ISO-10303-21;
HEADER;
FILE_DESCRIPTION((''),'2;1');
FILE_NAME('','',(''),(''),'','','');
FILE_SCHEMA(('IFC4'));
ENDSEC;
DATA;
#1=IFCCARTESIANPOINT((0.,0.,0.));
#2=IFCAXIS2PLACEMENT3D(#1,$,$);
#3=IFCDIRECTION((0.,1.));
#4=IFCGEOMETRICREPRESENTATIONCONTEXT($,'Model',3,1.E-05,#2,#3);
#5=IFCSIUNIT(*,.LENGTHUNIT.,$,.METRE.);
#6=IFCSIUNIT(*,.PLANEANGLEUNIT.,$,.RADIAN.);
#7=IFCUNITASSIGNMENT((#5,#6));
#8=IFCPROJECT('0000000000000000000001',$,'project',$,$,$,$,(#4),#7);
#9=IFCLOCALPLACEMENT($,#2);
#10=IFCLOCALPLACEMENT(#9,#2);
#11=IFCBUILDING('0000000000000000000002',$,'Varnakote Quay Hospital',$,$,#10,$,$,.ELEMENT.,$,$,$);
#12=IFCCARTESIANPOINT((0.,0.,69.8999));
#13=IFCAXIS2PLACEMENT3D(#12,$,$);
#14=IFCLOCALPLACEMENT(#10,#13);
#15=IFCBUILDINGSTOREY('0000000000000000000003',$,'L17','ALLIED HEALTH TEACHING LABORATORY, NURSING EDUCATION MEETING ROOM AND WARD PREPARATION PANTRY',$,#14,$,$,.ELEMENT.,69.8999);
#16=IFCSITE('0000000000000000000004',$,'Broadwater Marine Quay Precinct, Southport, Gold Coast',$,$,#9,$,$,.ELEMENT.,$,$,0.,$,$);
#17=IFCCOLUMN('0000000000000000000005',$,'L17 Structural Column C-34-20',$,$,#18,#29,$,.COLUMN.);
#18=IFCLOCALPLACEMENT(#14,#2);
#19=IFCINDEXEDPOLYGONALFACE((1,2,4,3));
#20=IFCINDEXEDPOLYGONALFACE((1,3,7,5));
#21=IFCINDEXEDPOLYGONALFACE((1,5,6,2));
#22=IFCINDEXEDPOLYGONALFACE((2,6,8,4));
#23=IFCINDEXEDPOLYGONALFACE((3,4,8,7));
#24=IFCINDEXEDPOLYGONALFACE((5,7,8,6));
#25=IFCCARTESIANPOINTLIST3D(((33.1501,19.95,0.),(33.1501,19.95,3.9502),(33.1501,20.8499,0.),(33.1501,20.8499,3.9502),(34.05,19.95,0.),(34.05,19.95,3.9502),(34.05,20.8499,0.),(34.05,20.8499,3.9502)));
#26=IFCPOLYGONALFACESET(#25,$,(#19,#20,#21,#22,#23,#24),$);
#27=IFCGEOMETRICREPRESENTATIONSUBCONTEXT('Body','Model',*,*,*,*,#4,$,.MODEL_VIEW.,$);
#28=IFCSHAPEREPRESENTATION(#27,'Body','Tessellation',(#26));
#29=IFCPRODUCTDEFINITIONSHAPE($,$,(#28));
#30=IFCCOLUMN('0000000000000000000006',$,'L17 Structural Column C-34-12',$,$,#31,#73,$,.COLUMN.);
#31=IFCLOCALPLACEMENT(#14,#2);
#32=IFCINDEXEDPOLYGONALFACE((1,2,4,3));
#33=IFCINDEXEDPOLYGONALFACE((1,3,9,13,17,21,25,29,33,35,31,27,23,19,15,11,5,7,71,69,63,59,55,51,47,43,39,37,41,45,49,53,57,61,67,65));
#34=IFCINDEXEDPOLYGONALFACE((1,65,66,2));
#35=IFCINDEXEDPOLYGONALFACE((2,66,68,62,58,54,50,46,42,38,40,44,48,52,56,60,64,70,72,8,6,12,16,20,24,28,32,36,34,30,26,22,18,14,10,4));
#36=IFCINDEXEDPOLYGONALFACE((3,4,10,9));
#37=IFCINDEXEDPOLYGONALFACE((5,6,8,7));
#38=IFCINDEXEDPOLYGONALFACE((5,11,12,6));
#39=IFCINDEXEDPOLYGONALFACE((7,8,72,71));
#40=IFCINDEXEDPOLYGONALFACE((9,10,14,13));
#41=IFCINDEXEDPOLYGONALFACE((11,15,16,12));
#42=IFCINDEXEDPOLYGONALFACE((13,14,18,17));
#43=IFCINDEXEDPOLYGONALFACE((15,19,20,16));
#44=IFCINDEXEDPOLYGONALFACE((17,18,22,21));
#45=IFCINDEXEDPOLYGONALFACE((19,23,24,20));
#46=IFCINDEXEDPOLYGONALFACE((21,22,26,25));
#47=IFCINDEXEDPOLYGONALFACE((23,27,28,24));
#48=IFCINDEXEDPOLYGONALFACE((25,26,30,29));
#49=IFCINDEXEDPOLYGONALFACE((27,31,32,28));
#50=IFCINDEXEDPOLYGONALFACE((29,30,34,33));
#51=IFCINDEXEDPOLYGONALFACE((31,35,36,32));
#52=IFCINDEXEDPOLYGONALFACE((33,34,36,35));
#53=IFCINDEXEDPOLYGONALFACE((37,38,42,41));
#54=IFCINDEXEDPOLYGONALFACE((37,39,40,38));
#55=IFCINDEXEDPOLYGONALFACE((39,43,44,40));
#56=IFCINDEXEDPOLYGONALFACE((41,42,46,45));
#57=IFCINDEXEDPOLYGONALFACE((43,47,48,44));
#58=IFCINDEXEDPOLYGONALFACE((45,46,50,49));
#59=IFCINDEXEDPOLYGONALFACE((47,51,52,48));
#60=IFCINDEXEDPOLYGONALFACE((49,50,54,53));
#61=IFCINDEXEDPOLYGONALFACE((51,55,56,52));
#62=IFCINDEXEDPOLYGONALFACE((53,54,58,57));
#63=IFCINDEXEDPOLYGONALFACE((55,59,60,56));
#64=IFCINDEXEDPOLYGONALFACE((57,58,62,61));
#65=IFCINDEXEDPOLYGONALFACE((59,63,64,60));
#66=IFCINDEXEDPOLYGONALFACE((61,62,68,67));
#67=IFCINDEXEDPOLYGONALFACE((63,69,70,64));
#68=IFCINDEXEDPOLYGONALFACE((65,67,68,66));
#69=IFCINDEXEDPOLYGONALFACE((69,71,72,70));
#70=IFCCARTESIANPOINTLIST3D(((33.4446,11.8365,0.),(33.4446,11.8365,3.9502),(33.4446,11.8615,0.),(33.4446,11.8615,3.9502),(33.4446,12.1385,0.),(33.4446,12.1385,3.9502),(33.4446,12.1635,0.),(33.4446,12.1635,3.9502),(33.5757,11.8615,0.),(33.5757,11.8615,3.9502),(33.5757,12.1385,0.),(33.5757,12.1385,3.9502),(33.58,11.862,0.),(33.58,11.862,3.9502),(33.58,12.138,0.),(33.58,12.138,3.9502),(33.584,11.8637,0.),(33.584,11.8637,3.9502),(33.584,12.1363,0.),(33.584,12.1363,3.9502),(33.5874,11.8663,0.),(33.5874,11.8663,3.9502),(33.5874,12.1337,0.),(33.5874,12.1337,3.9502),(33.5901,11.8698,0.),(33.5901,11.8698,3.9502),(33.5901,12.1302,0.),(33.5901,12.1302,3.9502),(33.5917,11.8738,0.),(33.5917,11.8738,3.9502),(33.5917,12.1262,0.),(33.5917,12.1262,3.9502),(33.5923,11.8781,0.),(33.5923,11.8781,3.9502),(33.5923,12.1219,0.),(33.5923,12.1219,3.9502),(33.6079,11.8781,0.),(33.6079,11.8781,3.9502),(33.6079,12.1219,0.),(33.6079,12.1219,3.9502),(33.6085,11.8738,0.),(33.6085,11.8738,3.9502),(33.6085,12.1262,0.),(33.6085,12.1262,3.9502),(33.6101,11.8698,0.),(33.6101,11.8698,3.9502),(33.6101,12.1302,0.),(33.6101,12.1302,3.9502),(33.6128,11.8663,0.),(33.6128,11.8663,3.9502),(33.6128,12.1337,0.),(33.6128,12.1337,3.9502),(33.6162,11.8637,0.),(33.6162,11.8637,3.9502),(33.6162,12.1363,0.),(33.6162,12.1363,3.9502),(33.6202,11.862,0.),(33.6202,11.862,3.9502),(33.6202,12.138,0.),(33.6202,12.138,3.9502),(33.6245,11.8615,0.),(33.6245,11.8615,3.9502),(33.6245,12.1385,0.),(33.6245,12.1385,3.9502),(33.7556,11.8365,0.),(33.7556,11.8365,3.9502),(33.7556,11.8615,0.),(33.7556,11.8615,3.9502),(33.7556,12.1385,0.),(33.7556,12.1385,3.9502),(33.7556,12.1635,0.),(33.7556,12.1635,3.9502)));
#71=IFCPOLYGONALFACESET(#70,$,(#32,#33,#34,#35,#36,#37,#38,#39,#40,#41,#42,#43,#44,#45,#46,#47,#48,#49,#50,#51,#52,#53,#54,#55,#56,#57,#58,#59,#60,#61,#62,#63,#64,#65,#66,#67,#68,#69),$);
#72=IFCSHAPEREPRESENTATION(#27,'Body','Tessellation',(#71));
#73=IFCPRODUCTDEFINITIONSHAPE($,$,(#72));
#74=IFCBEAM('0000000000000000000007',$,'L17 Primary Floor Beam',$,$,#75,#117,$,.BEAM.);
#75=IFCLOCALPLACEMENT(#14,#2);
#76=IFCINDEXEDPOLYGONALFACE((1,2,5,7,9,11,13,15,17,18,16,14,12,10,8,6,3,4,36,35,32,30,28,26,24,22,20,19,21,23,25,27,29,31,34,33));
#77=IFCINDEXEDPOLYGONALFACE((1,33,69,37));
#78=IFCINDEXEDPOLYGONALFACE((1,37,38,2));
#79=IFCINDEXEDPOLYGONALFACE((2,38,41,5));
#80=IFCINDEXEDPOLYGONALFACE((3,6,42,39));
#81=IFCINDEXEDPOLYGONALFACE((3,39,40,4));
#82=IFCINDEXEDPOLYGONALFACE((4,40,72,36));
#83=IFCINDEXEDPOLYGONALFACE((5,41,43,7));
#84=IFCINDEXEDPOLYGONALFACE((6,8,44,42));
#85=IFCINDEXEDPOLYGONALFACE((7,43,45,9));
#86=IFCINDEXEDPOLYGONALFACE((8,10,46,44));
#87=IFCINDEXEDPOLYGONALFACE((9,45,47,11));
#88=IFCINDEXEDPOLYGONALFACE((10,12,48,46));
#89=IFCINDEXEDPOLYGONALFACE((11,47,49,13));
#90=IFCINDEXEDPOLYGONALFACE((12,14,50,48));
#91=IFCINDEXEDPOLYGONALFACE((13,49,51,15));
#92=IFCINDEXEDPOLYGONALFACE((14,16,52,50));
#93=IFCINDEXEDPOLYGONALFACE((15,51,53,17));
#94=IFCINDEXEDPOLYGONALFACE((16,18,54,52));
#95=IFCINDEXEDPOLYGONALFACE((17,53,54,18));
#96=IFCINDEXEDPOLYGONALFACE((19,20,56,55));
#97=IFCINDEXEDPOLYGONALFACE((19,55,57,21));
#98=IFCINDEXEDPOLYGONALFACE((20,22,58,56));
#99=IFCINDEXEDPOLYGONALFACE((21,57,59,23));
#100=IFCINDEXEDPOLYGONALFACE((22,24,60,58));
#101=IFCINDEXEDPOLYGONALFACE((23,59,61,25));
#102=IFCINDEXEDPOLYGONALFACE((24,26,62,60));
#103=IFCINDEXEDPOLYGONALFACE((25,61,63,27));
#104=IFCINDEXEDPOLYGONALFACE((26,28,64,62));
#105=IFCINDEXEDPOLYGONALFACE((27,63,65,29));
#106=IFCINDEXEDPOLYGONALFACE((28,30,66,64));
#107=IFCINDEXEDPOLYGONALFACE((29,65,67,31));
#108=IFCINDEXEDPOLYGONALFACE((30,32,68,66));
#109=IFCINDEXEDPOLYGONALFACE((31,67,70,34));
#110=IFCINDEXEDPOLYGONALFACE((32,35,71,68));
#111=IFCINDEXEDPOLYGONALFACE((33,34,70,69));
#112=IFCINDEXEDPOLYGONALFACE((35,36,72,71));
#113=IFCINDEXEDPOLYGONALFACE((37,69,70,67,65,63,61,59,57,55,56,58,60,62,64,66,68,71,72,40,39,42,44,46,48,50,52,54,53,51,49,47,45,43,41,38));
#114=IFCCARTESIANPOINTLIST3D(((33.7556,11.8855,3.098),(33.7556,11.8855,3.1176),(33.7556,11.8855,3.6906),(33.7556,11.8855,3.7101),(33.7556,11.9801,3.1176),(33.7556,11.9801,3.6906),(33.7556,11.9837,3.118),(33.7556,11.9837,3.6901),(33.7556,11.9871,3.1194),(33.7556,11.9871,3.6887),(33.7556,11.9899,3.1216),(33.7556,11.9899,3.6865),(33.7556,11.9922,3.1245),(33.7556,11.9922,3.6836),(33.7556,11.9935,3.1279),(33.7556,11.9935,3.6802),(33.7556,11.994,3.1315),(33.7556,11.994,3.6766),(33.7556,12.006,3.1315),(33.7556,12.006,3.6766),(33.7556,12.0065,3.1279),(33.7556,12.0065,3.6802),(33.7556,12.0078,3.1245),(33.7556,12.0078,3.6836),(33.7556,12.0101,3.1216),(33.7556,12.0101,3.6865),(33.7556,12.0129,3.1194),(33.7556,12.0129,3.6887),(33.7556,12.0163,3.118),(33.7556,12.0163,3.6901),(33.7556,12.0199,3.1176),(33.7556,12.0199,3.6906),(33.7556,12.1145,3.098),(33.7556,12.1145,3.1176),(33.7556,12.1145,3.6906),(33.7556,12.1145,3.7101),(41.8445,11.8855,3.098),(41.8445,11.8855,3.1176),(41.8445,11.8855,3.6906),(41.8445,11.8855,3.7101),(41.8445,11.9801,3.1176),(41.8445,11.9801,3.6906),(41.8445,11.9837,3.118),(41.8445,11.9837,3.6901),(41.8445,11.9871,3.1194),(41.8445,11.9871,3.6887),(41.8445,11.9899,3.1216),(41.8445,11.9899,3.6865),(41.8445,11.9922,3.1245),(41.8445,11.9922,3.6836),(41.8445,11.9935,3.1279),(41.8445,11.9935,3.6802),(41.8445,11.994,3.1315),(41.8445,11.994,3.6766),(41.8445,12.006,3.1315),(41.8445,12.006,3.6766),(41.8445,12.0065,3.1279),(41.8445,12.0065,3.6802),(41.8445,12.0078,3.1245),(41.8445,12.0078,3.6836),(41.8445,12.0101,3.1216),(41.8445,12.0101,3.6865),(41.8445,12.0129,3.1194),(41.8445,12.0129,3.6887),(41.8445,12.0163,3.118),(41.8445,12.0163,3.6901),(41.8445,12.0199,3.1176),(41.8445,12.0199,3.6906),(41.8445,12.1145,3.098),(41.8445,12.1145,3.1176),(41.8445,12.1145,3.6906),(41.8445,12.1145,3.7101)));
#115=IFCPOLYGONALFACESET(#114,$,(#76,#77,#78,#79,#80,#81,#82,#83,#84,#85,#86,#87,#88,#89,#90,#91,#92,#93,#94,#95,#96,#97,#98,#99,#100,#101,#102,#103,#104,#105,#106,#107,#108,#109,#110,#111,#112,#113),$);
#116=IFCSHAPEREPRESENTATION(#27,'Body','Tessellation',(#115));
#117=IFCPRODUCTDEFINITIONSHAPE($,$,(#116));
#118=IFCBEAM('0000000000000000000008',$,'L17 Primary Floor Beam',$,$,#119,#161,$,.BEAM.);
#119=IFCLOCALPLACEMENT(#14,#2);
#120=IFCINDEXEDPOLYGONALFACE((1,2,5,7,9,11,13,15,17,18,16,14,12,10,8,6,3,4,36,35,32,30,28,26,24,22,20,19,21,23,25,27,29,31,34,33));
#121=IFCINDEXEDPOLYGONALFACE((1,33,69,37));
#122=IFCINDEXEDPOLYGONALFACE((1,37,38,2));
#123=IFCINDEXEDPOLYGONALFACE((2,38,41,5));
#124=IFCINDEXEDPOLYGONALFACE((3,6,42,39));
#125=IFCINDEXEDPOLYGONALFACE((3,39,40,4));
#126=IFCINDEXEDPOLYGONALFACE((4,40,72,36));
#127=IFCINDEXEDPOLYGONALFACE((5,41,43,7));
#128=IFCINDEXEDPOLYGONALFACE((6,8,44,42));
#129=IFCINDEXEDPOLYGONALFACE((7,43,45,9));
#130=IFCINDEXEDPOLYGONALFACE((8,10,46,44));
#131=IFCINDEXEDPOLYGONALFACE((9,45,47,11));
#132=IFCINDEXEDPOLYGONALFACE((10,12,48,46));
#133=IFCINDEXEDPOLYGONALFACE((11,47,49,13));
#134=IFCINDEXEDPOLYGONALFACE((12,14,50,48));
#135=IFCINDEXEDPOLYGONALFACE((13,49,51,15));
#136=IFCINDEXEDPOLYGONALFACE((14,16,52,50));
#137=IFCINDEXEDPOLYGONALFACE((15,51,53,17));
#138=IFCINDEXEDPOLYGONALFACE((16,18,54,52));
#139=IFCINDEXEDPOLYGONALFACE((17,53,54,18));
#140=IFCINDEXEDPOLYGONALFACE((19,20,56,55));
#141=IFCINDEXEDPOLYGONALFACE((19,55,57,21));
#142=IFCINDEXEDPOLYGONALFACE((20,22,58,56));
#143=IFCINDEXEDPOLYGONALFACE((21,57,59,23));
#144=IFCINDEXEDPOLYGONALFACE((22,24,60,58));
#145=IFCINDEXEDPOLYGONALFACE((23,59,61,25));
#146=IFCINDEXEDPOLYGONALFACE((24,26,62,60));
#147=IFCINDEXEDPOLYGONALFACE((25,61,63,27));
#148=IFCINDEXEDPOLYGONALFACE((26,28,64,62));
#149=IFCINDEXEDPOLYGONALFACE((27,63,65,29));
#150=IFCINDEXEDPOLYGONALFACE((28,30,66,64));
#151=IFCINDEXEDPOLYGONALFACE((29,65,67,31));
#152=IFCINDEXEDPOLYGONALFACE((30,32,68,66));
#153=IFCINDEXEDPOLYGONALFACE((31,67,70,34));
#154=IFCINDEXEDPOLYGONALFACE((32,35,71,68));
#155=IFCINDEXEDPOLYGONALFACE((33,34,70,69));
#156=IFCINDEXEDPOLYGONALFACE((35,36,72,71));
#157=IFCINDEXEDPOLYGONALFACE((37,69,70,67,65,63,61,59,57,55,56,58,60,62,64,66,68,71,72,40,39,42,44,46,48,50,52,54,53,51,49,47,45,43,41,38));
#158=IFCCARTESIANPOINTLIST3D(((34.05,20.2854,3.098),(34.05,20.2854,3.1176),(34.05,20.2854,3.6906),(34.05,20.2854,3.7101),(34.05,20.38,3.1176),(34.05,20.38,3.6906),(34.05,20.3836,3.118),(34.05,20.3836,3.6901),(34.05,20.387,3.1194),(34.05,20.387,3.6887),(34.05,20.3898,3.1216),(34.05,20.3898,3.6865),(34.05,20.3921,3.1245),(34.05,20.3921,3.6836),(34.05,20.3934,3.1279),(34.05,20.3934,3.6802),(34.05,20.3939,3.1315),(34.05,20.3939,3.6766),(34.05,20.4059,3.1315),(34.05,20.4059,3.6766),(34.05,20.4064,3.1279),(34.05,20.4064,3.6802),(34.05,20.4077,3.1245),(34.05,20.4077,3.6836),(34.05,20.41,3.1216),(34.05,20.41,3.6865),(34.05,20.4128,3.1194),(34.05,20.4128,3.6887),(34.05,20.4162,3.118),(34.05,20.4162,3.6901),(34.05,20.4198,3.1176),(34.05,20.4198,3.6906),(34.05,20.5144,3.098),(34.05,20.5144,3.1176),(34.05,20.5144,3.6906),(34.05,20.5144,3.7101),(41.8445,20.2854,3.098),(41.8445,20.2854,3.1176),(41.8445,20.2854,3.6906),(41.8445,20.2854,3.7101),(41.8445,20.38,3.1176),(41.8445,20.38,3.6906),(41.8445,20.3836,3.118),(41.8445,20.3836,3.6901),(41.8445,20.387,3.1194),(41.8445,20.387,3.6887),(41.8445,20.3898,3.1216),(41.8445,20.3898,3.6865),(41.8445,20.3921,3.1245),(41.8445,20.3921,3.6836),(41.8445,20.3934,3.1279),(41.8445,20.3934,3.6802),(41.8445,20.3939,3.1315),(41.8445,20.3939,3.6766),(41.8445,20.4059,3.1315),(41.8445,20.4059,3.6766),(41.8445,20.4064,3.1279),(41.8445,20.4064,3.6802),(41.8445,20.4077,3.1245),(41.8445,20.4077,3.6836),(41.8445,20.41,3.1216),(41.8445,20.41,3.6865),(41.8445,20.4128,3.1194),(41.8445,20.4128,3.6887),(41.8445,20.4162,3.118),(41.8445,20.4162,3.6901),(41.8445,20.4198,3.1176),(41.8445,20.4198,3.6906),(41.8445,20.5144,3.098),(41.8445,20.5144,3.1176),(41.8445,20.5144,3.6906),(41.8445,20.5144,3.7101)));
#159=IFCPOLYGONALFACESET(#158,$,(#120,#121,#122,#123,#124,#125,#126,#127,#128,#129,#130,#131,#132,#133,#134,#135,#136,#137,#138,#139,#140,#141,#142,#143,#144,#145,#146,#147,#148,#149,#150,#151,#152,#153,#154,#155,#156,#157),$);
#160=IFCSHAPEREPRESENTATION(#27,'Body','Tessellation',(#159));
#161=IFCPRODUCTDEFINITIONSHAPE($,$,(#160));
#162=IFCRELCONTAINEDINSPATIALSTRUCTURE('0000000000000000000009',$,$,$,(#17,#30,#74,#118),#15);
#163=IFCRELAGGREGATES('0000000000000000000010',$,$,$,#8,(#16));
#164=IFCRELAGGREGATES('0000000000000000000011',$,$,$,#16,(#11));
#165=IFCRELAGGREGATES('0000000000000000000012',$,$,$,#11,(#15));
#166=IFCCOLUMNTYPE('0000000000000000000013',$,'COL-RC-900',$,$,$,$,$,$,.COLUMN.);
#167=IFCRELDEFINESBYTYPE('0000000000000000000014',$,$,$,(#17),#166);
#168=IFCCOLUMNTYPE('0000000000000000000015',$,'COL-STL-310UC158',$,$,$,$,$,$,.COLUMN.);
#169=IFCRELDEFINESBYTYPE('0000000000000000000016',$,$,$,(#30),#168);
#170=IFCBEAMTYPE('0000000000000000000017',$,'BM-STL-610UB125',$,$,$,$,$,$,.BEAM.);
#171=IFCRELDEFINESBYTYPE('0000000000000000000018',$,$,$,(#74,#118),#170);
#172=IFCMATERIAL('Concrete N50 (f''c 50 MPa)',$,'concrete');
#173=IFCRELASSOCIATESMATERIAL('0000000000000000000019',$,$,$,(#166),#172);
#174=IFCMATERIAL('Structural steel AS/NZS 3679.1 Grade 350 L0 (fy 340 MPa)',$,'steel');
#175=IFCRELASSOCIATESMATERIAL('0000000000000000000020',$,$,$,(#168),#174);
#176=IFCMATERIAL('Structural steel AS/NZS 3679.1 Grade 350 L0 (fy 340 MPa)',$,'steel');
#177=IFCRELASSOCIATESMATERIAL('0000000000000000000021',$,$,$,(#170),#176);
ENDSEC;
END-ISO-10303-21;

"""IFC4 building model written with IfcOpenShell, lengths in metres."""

from ifc_helpers import new_model, si_unit, direction, frame, origin, origin_2d, place, context, subcontext, project, spatial, rectangle, i_section, extrude, material, material_profile, profile_set, type_object, element, save


model = new_model("IFC4")

# Units and contexts
model_context = context("Model", 3, precision=1e-05, world=origin(), true_north=direction((0.0, 1.0)))
body_context = subcontext(model_context, "Body", "Model", "MODEL_VIEW")
ifc_project = project(units=[si_unit("LENGTHUNIT", "METRE"), si_unit("PLANEANGLEUNIT", "RADIAN")], contexts=[model_context])

# Site, building, storey
site_placement = place(None, origin())
site = spatial("IfcSite", under=ifc_project, at=site_placement, Name="Broadwater Marine Quay Precinct, Southport, Gold Coast", CompositionType="ELEMENT", RefElevation=0.0)
building_placement = place(site_placement, origin())
building = spatial("IfcBuilding", under=site, at=building_placement, Name="Varnakote Quay Hospital", CompositionType="ELEMENT")
storey_placement = place(building_placement, frame((0.0, 0.0, 69.8999)))
storey = spatial("IfcBuildingStorey", under=building, at=storey_placement, Name="L17", Description="ALLIED HEALTH TEACHING LABORATORY, NURSING EDUCATION MEETING ROOM AND WARD PREPARATION PANTRY", CompositionType="ELEMENT", Elevation=69.8999)

# Columns
ifc_material_1 = material(Name="Concrete N50 (f'c 50 MPa)", Category="concrete")
ifc_material_profile_1 = material_profile(ifc_material_1, rectangle(XDim=0.8999, YDim=0.8999, at=origin_2d()), Name="RC-COL-900x900")
ifc_profile_set_1 = profile_set([ifc_material_profile_1], Name="Concrete N50 (f'c 50 MPa)")
column_type_1 = type_object("IfcColumnType", Name="COL-RC-900", PredefinedType="COLUMN", material=ifc_profile_set_1)
column_1_placement = place(storey_placement, frame((33.6001, 20.3999, 0.0), z_axis=(0.0, 0.0, 1.0), x_axis=(1.0, 0.0, 0.0)))
element("IfcColumn", 1, at=column_1_placement, inside=storey, type_object=column_type_1, Name="L17 Structural Column C-34-20", PredefinedType="COLUMN", context=body_context, shape_type="SweptSolid", body=[
    extrude(rectangle(XDim=0.8999, YDim=0.8999, at=origin_2d()), origin(), (0.0, 0.0, 1.0), 3.9502),
])
ifc_material_2 = material(Name="Structural steel AS/NZS 3679.1 Grade 350 L0 (fy 340 MPa)", Category="steel")
ifc_material_profile_2 = material_profile(ifc_material_2, i_section(OverallWidth=0.311, OverallDepth=0.3269, WebThickness=0.0156, FlangeThickness=0.0249, FilletRadius=0.0166, at=origin_2d()), Name="310UC158")
ifc_profile_set_2 = profile_set([ifc_material_profile_2], Name="Structural steel AS/NZS 3679.1 Grade 350 L0 (fy 340 MPa)")
column_type_2 = type_object("IfcColumnType", Name="COL-STL-310UC158", PredefinedType="COLUMN", material=ifc_profile_set_2)
column_2_placement = place(storey_placement, frame((33.6001, 12.0, 0.0), z_axis=(0.0, 0.0, 1.0), x_axis=(1.0, 0.0, 0.0)))
element("IfcColumn", 2, at=column_2_placement, inside=storey, type_object=column_type_2, Name="L17 Structural Column C-34-12", PredefinedType="COLUMN", context=body_context, shape_type="SweptSolid", body=[
    extrude(i_section(OverallWidth=0.311, OverallDepth=0.3269, WebThickness=0.0156, FlangeThickness=0.0249, FilletRadius=0.0166, at=origin_2d()), origin(), (0.0, 0.0, 1.0), 3.9502),
])

# Beams
ifc_material_3 = material(Name="Structural steel AS/NZS 3679.1 Grade 350 L0 (fy 340 MPa)", Category="steel")
ifc_material_profile_3 = material_profile(ifc_material_3, i_section(OverallWidth=0.229, OverallDepth=0.6121, WebThickness=0.012, FlangeThickness=0.0195, FilletRadius=0.0139, at=origin_2d()), Name="610UB125")
ifc_profile_set_3 = profile_set([ifc_material_profile_3], Name="Structural steel AS/NZS 3679.1 Grade 350 L0 (fy 340 MPa)")
beam_type_1 = type_object("IfcBeamType", Name="BM-STL-610UB125", PredefinedType="BEAM", material=ifc_profile_set_3)
beam_1_placement = place(storey_placement, frame((33.7556, 12.0, 3.4041), z_axis=(1.0, 0.0, 0.0), x_axis=(0.0, 1.0, 0.0)))
element("IfcBeam", 3, at=beam_1_placement, inside=storey, type_object=beam_type_1, Name="L17 Primary Floor Beam", PredefinedType="BEAM", context=body_context, shape_type="SweptSolid", body=[
    extrude(i_section(OverallWidth=0.229, OverallDepth=0.6121, WebThickness=0.012, FlangeThickness=0.0195, FilletRadius=0.0139, at=origin_2d()), origin(), (0.0, 0.0, 1.0), 8.0889),
])
beam_2_placement = place(storey_placement, frame((34.05, 20.3999, 3.4041), z_axis=(1.0, 0.0, 0.0), x_axis=(0.0, 1.0, 0.0)))
element("IfcBeam", 4, at=beam_2_placement, inside=storey, type_object=beam_type_1, Name="L17 Primary Floor Beam", PredefinedType="BEAM", context=body_context, shape_type="SweptSolid", body=[
    extrude(i_section(OverallWidth=0.229, OverallDepth=0.6121, WebThickness=0.012, FlangeThickness=0.0195, FilletRadius=0.0139, at=origin_2d()), origin(), (0.0, 0.0, 1.0), 7.7944),
])

save(model, "model.ifc")
